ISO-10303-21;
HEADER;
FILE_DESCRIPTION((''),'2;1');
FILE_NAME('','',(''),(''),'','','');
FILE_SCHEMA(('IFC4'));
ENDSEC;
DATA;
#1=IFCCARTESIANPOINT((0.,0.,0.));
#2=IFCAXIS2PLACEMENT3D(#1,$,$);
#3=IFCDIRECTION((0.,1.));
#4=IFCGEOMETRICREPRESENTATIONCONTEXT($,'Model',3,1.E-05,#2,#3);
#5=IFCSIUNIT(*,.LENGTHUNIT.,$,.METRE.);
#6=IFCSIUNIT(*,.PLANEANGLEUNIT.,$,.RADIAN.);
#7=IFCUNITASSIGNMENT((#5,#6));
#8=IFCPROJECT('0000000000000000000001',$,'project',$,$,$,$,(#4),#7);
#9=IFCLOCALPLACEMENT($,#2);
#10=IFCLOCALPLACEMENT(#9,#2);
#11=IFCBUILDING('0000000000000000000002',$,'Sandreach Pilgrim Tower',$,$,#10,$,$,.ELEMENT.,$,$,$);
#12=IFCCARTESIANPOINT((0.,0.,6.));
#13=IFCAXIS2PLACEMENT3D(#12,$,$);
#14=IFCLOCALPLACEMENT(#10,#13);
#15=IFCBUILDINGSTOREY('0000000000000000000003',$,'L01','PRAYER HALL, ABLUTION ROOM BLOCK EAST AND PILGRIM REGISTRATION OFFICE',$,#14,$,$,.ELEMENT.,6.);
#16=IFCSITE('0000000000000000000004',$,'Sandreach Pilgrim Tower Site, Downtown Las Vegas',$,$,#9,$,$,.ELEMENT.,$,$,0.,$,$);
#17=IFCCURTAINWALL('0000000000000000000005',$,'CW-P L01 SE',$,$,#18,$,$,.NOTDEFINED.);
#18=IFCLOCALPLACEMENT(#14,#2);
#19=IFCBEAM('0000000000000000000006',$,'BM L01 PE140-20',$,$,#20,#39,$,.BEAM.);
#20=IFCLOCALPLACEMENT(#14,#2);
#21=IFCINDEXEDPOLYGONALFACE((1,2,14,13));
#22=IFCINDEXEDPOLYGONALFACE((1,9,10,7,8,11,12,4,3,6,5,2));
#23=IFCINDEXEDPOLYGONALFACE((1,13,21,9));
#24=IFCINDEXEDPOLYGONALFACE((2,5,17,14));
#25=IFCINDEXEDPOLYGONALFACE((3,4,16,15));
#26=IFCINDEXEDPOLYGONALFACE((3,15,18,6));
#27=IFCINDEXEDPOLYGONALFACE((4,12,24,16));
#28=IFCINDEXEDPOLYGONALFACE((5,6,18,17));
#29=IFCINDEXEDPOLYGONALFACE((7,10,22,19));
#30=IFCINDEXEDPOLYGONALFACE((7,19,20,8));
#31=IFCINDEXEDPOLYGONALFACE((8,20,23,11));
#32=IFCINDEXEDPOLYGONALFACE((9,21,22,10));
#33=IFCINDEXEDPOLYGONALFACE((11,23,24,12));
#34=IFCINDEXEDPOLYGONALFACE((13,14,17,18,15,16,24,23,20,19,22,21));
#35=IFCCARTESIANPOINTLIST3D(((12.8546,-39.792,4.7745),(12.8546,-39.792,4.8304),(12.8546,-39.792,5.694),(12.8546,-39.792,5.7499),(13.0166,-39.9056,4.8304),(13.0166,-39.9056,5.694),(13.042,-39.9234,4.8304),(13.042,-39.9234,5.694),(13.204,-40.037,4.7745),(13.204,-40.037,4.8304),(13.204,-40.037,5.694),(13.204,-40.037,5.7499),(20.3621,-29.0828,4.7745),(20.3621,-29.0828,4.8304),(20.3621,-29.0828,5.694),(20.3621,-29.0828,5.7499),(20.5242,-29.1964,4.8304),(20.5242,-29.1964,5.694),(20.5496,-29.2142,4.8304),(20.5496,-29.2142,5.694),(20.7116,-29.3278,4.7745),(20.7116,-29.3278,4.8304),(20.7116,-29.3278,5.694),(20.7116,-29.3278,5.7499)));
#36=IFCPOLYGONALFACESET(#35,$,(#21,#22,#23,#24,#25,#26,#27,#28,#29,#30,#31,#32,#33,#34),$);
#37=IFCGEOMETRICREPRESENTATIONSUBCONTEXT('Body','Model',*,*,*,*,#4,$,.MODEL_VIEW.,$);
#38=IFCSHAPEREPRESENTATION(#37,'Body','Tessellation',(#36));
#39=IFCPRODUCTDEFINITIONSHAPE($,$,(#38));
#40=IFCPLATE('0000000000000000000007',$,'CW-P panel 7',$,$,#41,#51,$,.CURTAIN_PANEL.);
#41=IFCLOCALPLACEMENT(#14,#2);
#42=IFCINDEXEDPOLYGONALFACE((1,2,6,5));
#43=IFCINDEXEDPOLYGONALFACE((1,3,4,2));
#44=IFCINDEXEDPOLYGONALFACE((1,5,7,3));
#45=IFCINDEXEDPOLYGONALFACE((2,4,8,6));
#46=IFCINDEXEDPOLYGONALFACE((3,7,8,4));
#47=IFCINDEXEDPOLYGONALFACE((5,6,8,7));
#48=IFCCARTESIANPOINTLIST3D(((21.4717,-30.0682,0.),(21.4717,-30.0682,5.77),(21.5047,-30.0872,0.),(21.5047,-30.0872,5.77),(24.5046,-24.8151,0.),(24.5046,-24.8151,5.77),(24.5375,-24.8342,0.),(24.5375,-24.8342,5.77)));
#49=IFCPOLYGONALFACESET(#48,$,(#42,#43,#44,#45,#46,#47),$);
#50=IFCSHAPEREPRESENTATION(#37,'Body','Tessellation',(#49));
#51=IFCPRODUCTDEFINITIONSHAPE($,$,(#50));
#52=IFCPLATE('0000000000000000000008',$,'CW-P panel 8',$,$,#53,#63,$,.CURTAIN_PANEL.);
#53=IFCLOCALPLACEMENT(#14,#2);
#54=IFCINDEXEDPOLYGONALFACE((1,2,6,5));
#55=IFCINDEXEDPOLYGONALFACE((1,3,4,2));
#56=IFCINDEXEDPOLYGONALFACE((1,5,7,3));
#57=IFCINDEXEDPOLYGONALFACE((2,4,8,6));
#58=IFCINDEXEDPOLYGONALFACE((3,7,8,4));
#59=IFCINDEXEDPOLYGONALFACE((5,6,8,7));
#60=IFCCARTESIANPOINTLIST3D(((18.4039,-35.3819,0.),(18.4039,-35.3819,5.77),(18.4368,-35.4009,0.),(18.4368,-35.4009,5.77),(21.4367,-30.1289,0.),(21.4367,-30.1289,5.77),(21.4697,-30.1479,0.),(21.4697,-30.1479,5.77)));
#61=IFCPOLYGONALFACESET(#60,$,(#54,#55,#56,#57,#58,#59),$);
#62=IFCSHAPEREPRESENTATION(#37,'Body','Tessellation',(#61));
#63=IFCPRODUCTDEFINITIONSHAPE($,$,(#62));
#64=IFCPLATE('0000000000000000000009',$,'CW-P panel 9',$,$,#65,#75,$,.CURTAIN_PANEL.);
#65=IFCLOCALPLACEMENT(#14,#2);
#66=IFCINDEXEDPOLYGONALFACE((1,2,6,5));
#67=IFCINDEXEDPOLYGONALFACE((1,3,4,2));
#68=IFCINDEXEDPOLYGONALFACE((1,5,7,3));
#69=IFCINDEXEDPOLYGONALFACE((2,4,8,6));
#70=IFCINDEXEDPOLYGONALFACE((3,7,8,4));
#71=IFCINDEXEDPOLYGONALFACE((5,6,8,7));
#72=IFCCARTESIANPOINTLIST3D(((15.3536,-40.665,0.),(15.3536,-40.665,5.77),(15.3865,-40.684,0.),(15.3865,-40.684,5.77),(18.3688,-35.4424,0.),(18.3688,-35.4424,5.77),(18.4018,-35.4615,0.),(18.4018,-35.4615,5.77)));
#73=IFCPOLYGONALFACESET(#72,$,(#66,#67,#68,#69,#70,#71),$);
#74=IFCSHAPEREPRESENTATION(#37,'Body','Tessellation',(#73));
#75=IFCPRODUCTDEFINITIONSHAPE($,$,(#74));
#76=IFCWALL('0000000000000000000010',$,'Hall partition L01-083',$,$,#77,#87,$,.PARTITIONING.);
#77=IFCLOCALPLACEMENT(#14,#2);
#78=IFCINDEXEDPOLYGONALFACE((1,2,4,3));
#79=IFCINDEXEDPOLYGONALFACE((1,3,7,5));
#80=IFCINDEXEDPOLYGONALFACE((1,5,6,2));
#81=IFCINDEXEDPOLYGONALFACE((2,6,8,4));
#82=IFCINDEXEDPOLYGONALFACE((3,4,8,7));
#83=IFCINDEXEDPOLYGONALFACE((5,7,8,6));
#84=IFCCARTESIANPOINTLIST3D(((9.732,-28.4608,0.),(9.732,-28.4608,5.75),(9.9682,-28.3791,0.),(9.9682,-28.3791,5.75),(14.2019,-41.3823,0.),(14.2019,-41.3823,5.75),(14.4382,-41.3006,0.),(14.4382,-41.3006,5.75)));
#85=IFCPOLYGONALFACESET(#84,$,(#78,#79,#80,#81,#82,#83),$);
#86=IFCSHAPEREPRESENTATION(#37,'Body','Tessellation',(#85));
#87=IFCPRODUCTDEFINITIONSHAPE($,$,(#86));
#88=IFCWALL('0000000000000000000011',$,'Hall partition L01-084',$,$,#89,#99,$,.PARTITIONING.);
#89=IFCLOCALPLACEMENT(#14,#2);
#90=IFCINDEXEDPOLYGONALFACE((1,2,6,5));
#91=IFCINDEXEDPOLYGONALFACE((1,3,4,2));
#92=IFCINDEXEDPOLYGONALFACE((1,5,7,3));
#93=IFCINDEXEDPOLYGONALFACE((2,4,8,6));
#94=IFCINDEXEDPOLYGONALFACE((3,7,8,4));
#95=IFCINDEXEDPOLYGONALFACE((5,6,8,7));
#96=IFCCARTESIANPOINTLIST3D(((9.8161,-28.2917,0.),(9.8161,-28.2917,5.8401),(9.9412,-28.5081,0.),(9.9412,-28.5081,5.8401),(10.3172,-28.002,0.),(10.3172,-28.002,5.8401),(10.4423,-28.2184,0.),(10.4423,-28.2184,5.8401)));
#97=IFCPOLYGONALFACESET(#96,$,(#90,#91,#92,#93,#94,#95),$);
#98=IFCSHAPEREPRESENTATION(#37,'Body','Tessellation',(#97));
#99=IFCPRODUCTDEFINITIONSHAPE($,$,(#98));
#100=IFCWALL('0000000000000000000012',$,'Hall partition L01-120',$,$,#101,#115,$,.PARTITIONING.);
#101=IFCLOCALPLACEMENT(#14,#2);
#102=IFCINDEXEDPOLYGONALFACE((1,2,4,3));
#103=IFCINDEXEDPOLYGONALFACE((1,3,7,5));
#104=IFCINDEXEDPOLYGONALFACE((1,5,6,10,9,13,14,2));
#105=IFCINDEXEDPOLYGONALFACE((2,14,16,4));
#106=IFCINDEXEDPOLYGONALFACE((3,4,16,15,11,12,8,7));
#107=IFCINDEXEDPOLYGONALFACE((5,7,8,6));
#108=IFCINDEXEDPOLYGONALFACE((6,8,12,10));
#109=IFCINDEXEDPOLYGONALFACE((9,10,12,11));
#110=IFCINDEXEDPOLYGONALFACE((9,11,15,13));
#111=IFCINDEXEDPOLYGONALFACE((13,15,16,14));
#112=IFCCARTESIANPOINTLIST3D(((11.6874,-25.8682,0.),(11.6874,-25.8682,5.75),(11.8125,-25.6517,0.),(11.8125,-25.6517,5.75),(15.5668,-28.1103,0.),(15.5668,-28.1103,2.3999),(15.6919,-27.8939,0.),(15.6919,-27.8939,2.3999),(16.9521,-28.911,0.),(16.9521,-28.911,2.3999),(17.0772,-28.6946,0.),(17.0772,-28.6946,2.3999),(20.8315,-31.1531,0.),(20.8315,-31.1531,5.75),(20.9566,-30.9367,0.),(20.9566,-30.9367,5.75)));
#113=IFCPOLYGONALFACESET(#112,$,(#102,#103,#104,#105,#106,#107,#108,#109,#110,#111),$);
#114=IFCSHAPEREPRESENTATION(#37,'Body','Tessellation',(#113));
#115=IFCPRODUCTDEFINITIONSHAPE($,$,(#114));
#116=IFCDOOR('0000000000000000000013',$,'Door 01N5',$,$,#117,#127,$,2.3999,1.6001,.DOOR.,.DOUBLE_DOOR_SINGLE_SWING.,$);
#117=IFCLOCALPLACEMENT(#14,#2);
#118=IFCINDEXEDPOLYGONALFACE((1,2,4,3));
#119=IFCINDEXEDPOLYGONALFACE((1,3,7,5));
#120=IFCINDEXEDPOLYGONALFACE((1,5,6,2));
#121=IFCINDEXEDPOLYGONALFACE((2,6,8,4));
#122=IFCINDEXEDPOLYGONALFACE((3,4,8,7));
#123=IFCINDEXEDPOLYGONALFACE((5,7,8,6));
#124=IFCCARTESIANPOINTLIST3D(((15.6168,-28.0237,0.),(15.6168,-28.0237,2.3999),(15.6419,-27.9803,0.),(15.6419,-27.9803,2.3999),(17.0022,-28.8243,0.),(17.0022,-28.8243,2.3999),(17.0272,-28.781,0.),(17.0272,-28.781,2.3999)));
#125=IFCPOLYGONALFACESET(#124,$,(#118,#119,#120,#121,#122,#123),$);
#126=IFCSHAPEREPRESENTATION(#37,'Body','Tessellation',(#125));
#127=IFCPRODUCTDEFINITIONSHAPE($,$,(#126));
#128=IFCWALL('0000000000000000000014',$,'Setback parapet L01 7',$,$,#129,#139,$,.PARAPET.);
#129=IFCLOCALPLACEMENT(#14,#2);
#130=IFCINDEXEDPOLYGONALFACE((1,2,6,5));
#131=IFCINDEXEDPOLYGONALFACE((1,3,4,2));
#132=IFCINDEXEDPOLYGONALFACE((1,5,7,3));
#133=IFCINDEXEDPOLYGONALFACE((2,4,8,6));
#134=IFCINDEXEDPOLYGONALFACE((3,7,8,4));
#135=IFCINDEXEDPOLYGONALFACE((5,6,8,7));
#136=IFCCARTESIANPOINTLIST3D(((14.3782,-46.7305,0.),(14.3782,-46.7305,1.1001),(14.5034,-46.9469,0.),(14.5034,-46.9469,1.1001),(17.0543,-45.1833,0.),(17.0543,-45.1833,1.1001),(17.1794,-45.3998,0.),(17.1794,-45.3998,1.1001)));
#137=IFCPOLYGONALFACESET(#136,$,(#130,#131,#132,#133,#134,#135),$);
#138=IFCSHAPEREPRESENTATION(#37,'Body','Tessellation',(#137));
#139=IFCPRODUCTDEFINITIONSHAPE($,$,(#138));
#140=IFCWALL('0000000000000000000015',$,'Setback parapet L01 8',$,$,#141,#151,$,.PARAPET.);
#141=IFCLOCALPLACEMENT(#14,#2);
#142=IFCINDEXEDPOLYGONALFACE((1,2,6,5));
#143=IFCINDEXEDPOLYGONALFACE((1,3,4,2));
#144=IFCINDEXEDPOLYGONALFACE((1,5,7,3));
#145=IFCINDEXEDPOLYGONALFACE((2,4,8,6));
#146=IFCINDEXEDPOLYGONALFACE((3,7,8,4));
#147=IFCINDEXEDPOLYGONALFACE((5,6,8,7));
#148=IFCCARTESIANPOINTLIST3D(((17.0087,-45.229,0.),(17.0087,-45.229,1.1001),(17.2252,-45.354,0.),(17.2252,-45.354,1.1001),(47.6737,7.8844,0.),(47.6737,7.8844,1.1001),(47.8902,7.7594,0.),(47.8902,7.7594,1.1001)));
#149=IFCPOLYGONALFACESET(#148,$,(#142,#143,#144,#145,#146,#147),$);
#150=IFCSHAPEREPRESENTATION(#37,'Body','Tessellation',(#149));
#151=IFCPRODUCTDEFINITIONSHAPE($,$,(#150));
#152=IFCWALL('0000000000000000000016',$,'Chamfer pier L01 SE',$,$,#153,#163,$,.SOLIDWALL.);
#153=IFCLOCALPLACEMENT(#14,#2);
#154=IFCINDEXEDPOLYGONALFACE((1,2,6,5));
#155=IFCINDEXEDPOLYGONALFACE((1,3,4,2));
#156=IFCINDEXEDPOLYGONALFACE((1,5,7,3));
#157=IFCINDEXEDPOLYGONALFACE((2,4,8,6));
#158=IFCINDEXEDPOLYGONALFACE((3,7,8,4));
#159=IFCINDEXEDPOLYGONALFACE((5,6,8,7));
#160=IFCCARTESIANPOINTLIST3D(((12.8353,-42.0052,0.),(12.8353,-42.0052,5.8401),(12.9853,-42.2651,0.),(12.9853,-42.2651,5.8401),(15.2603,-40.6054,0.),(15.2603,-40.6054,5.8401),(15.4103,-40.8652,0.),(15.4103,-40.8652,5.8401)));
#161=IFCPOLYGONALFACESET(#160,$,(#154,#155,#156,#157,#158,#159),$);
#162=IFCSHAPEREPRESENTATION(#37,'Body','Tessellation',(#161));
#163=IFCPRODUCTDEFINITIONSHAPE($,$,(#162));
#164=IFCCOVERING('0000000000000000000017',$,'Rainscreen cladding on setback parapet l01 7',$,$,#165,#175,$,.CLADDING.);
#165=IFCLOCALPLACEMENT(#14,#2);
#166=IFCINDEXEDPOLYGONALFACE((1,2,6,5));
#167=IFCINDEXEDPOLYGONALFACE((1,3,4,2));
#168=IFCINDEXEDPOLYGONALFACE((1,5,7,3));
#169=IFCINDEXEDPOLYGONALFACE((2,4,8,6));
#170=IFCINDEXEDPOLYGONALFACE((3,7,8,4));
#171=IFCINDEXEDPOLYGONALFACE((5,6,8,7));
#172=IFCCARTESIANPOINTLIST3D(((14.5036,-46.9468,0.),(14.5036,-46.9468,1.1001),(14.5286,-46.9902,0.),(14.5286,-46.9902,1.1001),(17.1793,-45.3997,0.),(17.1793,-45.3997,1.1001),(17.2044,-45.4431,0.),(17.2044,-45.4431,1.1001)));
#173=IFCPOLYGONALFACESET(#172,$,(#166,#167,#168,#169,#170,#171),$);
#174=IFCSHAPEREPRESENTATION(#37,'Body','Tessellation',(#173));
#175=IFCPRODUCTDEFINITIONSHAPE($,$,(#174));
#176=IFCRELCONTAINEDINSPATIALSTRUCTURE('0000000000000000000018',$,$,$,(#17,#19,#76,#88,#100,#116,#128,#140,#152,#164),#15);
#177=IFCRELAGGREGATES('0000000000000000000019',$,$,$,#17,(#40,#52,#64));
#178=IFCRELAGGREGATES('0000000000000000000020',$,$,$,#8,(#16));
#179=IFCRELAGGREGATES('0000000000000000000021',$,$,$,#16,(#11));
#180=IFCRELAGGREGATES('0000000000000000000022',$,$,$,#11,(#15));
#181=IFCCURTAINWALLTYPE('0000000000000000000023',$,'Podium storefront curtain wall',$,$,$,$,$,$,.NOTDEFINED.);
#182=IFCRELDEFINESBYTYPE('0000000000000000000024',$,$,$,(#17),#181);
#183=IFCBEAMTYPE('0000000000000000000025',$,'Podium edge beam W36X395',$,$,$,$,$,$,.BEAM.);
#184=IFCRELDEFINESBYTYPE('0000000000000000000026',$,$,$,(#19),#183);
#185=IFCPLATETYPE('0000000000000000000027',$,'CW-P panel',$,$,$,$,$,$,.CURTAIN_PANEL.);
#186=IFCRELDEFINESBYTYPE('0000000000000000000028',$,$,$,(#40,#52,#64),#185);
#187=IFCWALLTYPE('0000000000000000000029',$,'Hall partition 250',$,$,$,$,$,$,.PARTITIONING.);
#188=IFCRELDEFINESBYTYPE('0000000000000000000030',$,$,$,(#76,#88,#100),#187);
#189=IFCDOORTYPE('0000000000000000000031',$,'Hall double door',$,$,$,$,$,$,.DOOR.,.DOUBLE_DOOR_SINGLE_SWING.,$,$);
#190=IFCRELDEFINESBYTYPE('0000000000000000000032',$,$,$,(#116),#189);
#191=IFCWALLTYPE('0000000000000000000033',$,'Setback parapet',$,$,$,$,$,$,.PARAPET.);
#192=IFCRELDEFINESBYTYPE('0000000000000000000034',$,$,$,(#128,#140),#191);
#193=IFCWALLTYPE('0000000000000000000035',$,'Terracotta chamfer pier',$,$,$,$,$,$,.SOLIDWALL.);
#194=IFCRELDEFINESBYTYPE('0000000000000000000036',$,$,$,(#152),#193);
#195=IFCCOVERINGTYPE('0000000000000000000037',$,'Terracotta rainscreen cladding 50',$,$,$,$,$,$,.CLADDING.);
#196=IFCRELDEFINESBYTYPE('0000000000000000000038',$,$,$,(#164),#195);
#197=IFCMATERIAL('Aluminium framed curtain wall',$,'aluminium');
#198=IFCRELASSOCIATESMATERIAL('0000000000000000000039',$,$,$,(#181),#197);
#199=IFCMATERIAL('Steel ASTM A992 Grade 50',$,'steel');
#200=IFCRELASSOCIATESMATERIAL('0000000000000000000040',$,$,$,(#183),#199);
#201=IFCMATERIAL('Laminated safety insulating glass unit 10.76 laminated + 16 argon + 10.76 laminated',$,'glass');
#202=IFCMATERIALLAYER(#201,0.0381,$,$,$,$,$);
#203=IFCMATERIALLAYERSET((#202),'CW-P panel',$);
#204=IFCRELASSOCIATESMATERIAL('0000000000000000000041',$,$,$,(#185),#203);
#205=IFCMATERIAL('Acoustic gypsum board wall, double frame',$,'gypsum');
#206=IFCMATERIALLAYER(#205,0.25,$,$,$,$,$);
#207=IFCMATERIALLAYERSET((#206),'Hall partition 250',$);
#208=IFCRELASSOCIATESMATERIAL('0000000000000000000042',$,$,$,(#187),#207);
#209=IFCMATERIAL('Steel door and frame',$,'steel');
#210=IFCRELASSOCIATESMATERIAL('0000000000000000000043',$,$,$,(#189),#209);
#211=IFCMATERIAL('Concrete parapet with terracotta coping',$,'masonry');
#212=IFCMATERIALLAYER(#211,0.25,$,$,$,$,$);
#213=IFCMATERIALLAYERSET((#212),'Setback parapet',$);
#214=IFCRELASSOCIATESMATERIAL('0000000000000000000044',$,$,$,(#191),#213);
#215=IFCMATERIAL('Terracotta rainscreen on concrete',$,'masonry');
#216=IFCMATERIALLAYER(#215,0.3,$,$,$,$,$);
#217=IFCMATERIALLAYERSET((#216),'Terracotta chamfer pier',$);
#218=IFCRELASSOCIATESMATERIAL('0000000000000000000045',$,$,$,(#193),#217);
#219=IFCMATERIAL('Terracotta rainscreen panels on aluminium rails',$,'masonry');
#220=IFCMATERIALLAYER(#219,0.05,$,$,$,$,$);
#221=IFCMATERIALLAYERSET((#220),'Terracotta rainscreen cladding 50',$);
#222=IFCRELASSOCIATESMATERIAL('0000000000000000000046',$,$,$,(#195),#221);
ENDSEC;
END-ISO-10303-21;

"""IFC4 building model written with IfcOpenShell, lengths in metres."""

from ifc_helpers import new_model, si_unit, direction, frame, frame_2d, origin, origin_2d, place, context, subcontext, project, spatial, rectangle, i_section, extrude, material, layer, layer_set, material_profile, profile_set, type_object, element, fill, aggregate, save


model = new_model("IFC4")

# Units and contexts
model_context = context("Model", 3, precision=1e-05, world=origin(), true_north=direction((0.0, 1.0)))
body_context = subcontext(model_context, "Body", "Model", "MODEL_VIEW")
ifc_project = project(units=[si_unit("LENGTHUNIT", "METRE"), si_unit("PLANEANGLEUNIT", "RADIAN")], contexts=[model_context])

# Site, building, storey
site_placement = place(None, origin())
site = spatial("IfcSite", under=ifc_project, at=site_placement, Name="Sandreach Pilgrim Tower Site, Downtown Las Vegas", CompositionType="ELEMENT", RefElevation=0.0)
building_placement = place(site_placement, origin())
building = spatial("IfcBuilding", under=site, at=building_placement, Name="Sandreach Pilgrim Tower", CompositionType="ELEMENT")
storey_placement = place(building_placement, frame((0.0, 0.0, 6.0)))
storey = spatial("IfcBuildingStorey", under=building, at=storey_placement, Name="L01", Description="PRAYER HALL, ABLUTION ROOM BLOCK EAST AND PILGRIM REGISTRATION OFFICE", CompositionType="ELEMENT", Elevation=6.0)

# Curtain wall
ifc_material_1 = material(Name="Aluminium framed curtain wall", Category="aluminium")
curtain_wall_type = type_object("IfcCurtainWallType", Name="Podium storefront curtain wall", PredefinedType="NOTDEFINED", material=ifc_material_1)
curtain_wall_1_placement = place(storey_placement, origin())
curtain_wall_1 = element("IfcCurtainWall", 1, at=curtain_wall_1_placement, inside=storey, type_object=curtain_wall_type, Name="CW-P L01 SE", PredefinedType="NOTDEFINED")

# Beam
ifc_material_2 = material(Name="Steel ASTM A992 Grade 50", Category="steel")
ifc_material_profile_1 = material_profile(ifc_material_2, i_section(OverallWidth=0.4268, OverallDepth=0.9753, WebThickness=0.031, FlangeThickness=0.0559, at=origin_2d()), Name="W36X395")
ifc_profile_set_1 = profile_set([ifc_material_profile_1], Name="Steel ASTM A992 Grade 50")
beam_type_1 = type_object("IfcBeamType", Name="Podium edge beam W36X395", PredefinedType="BEAM", material=ifc_profile_set_1)
beam_1_placement = place(storey_placement, frame((20.5369, -29.2053, 5.2622), z_axis=(-0.574032, -0.818833, 0.0), x_axis=(0.818833, -0.574032, 0.0)))
element("IfcBeam", 2, at=beam_1_placement, inside=storey, type_object=beam_type_1, Name="BM L01 PE140-20", PredefinedType="BEAM", context=body_context, shape_type="SweptSolid", body=[
    extrude(i_section(OverallWidth=0.4268, OverallDepth=0.9753, WebThickness=0.031, FlangeThickness=0.0559, at=origin_2d()), origin(), (0.0, 0.0, 1.0), 13.0786),
])

# Plates
ifc_material_3 = material(Name="Laminated safety insulating glass unit 10.76 laminated + 16 argon + 10.76 laminated", Category="glass")
ifc_layer_1 = layer(ifc_material_3, 0.0381)
ifc_layer_set_1 = layer_set([ifc_layer_1], Name="CW-P panel")
plate_type = type_object("IfcPlateType", Name="CW-P panel", PredefinedType="CURTAIN_PANEL", material=ifc_layer_set_1)
plate_1_placement = place(storey_placement, frame((23.0046, -27.4512, 0.0), z_axis=(0.0, 0.0, 1.0), x_axis=(-0.5, -0.866025, 0.0)))
plate_1 = element("IfcPlate", 3, at=plate_1_placement, type_object=plate_type, Name="CW-P panel 7", PredefinedType="CURTAIN_PANEL", context=body_context, shape_type="SweptSolid", body=[
    extrude(rectangle(XDim=6.0657, YDim=0.0381, at=origin_2d()), origin(), (0.0, 0.0, 1.0), 5.77),
])
plate_2_placement = place(storey_placement, frame((19.9368, -32.7649, 0.0), z_axis=(0.0, 0.0, 1.0), x_axis=(-0.5, -0.866025, 0.0)))
plate_2 = element("IfcPlate", 4, at=plate_2_placement, type_object=plate_type, Name="CW-P panel 8", PredefinedType="CURTAIN_PANEL", context=body_context, shape_type="SweptSolid", body=[
    extrude(rectangle(XDim=6.0657, YDim=0.0381, at=origin_2d()), origin(), (0.0, 0.0, 1.0), 5.77),
])
plate_3_placement = place(storey_placement, frame((16.8777, -38.0632, 0.0), z_axis=(0.0, 0.0, 1.0), x_axis=(-0.5, -0.866025, 0.0)))
plate_3 = element("IfcPlate", 5, at=plate_3_placement, type_object=plate_type, Name="CW-P panel 9", PredefinedType="CURTAIN_PANEL", context=body_context, shape_type="SweptSolid", body=[
    extrude(rectangle(XDim=6.0305, YDim=0.0381, at=origin_2d()), origin(), (0.0, 0.0, 1.0), 5.77),
])
aggregate(curtain_wall_1, [plate_1, plate_2, plate_3])

# Walls
ifc_material_4 = material(Name="Acoustic gypsum board wall, double frame", Category="gypsum")
ifc_layer_2 = layer(ifc_material_4, 0.25)
ifc_layer_set_2 = layer_set([ifc_layer_2], Name="Hall partition 250")
wall_type_1 = type_object("IfcWallType", Name="Hall partition 250", PredefinedType="PARTITIONING", material=ifc_layer_set_2)
wall_1_placement = place(storey_placement, frame((9.8501, -28.4199, 0.0), z_axis=(0.0, 0.0, 1.0), x_axis=(0.326921, -0.945052, 0.0)))
element("IfcWall", 6, at=wall_1_placement, inside=storey, type_object=wall_type_1, Name="Hall partition L01-083", PredefinedType="PARTITIONING", context=body_context, shape_type="SweptSolid", body=[
    extrude(rectangle(XDim=13.6729, YDim=0.25, at=frame_2d((6.8364, 0.0))), origin(), (0.0, 0.0, 1.0), 5.75),
])
wall_2_placement = place(storey_placement, frame((10.3799, -28.1101, 0.0), z_axis=(0.0, 0.0, 1.0), x_axis=(-0.865715, -0.500538, 0.0)))
element("IfcWall", 7, at=wall_2_placement, inside=storey, type_object=wall_type_1, Name="Hall partition L01-084", PredefinedType="PARTITIONING", context=body_context, shape_type="SweptSolid", body=[
    extrude(rectangle(XDim=0.5789, YDim=0.25, at=frame_2d((0.2896, 0.0))), origin(), (0.0, 0.0, 1.0), 5.8401),
])

# Wall, opening, door
wall_3_placement = place(storey_placement, frame((20.894, -31.0449, 0.0), z_axis=(0.0, 0.0, 1.0), x_axis=(-0.865796, 0.500397, 0.0)))
wall_3 = element("IfcWall", 8, at=wall_3_placement, inside=storey, type_object=wall_type_1, Name="Hall partition L01-120", PredefinedType="PARTITIONING", context=body_context, shape_type="SweptSolid", body=[
    extrude(rectangle(XDim=10.5615, YDim=0.25, at=frame_2d((5.2808, 0.0))), origin(), (0.0, 0.0, 1.0), 5.75),
])
opening_placement = place(wall_3_placement, frame((4.4807, 0.0, 0.0)))
opening = element("IfcOpeningElement", 9, at=opening_placement, cuts=wall_3, PredefinedType="OPENING", context=body_context, shape_type="SweptSolid", body=[
    extrude(rectangle(XDim=1.6001, YDim=2.3999, at=frame_2d((0.8, 1.2))), frame((0.0, 0.125, 0.0), z_axis=(0.0, -1.0, 0.0), x_axis=(1.0, 0.0, 0.0)), (0.0, 0.0, 1.0), 0.25),
])
ifc_material_5 = material(Name="Steel door and frame", Category="steel")
door_type = type_object("IfcDoorType", Name="Hall double door", OperationType="DOUBLE_DOOR_SINGLE_SWING", PredefinedType="DOOR", material=ifc_material_5)
door_placement = place(opening_placement, origin())
door = element("IfcDoor", 10, at=door_placement, inside=storey, type_object=door_type, Name="Door 01N5", OperationType="DOUBLE_DOOR_SINGLE_SWING", OverallHeight=2.3999, OverallWidth=1.6001, PredefinedType="DOOR", context=body_context, shape_type="SweptSolid", body=[
    extrude(rectangle(XDim=1.6001, YDim=2.3999, at=frame_2d((0.8, 1.2))), frame((0.0, 0.0249, 0.0), z_axis=(0.0, -1.0, 0.0), x_axis=(1.0, 0.0, 0.0)), (0.0, 0.0, 1.0), 0.05),
])
fill(opening, door)

# Walls
ifc_material_6 = material(Name="Concrete parapet with terracotta coping", Category="masonry")
ifc_layer_3 = layer(ifc_material_6, 0.25)
ifc_layer_set_3 = layer_set([ifc_layer_3], Name="Setback parapet")
wall_type_2 = type_object("IfcWallType", Name="Setback parapet", PredefinedType="PARAPET", material=ifc_layer_set_3)
wall_4_placement = place(storey_placement, frame((14.4409, -46.8386, 0.0), z_axis=(0.0, 0.0, 1.0), x_axis=(0.865729, 0.500513, 0.0)))
element("IfcWall", 11, at=wall_4_placement, inside=storey, type_object=wall_type_2, Name="Setback parapet L01 7", PredefinedType="PARAPET", context=body_context, shape_type="SweptSolid", body=[
    extrude(rectangle(XDim=3.0911, YDim=0.25, at=frame_2d((1.5454, 0.0))), origin(), (0.0, 0.0, 1.0), 1.1001),
])
wall_5_placement = place(storey_placement, frame((17.1169, -45.2915, 0.0), z_axis=(0.0, 0.0, 1.0), x_axis=(0.499999, 0.866026, 0.0)))
element("IfcWall", 12, at=wall_5_placement, inside=storey, type_object=wall_type_2, Name="Setback parapet L01 8", PredefinedType="PARAPET", context=body_context, shape_type="SweptSolid", body=[
    extrude(rectangle(XDim=61.3301, YDim=0.25, at=frame_2d((30.665, 0.0))), origin(), (0.0, 0.0, 1.0), 1.1001),
])
ifc_material_7 = material(Name="Terracotta rainscreen on concrete", Category="masonry")
ifc_layer_4 = layer(ifc_material_7, 0.3)
ifc_layer_set_4 = layer_set([ifc_layer_4], Name="Terracotta chamfer pier")
wall_type_3 = type_object("IfcWallType", Name="Terracotta chamfer pier", PredefinedType="SOLIDWALL", material=ifc_layer_set_4)
wall_6_placement = place(storey_placement, frame((15.3352, -40.7354, 0.0), z_axis=(0.0, 0.0, 1.0), x_axis=(-0.866056, -0.499946, 0.0)))
element("IfcWall", 13, at=wall_6_placement, inside=storey, type_object=wall_type_3, Name="Chamfer pier L01 SE", PredefinedType="SOLIDWALL", context=body_context, shape_type="SweptSolid", body=[
    extrude(rectangle(XDim=2.8, YDim=0.3, at=frame_2d((1.3999, 0.0))), origin(), (0.0, 0.0, 1.0), 5.8401),
])

# Covering
ifc_material_8 = material(Name="Terracotta rainscreen panels on aluminium rails", Category="masonry")
ifc_layer_5 = layer(ifc_material_8, 0.05)
ifc_layer_set_5 = layer_set([ifc_layer_5], Name="Terracotta rainscreen cladding 50")
covering_type = type_object("IfcCoveringType", Name="Terracotta rainscreen cladding 50", PredefinedType="CLADDING", material=ifc_layer_set_5)
covering_1_placement = place(storey_placement, frame((14.5161, -46.9685, 0.0), z_axis=(0.0, 0.0, 1.0), x_axis=(0.865709, 0.500547, 0.0)))
element("IfcCovering", 14, at=covering_1_placement, inside=storey, type_object=covering_type, Name="Rainscreen cladding on setback parapet l01 7", PredefinedType="CLADDING", context=body_context, shape_type="SweptSolid", body=[
    extrude(rectangle(XDim=3.0908, YDim=0.05, at=frame_2d((1.5454, 0.0))), origin(), (0.0, 0.0, 1.0), 1.1001),
])

save(model, "model.ifc")
